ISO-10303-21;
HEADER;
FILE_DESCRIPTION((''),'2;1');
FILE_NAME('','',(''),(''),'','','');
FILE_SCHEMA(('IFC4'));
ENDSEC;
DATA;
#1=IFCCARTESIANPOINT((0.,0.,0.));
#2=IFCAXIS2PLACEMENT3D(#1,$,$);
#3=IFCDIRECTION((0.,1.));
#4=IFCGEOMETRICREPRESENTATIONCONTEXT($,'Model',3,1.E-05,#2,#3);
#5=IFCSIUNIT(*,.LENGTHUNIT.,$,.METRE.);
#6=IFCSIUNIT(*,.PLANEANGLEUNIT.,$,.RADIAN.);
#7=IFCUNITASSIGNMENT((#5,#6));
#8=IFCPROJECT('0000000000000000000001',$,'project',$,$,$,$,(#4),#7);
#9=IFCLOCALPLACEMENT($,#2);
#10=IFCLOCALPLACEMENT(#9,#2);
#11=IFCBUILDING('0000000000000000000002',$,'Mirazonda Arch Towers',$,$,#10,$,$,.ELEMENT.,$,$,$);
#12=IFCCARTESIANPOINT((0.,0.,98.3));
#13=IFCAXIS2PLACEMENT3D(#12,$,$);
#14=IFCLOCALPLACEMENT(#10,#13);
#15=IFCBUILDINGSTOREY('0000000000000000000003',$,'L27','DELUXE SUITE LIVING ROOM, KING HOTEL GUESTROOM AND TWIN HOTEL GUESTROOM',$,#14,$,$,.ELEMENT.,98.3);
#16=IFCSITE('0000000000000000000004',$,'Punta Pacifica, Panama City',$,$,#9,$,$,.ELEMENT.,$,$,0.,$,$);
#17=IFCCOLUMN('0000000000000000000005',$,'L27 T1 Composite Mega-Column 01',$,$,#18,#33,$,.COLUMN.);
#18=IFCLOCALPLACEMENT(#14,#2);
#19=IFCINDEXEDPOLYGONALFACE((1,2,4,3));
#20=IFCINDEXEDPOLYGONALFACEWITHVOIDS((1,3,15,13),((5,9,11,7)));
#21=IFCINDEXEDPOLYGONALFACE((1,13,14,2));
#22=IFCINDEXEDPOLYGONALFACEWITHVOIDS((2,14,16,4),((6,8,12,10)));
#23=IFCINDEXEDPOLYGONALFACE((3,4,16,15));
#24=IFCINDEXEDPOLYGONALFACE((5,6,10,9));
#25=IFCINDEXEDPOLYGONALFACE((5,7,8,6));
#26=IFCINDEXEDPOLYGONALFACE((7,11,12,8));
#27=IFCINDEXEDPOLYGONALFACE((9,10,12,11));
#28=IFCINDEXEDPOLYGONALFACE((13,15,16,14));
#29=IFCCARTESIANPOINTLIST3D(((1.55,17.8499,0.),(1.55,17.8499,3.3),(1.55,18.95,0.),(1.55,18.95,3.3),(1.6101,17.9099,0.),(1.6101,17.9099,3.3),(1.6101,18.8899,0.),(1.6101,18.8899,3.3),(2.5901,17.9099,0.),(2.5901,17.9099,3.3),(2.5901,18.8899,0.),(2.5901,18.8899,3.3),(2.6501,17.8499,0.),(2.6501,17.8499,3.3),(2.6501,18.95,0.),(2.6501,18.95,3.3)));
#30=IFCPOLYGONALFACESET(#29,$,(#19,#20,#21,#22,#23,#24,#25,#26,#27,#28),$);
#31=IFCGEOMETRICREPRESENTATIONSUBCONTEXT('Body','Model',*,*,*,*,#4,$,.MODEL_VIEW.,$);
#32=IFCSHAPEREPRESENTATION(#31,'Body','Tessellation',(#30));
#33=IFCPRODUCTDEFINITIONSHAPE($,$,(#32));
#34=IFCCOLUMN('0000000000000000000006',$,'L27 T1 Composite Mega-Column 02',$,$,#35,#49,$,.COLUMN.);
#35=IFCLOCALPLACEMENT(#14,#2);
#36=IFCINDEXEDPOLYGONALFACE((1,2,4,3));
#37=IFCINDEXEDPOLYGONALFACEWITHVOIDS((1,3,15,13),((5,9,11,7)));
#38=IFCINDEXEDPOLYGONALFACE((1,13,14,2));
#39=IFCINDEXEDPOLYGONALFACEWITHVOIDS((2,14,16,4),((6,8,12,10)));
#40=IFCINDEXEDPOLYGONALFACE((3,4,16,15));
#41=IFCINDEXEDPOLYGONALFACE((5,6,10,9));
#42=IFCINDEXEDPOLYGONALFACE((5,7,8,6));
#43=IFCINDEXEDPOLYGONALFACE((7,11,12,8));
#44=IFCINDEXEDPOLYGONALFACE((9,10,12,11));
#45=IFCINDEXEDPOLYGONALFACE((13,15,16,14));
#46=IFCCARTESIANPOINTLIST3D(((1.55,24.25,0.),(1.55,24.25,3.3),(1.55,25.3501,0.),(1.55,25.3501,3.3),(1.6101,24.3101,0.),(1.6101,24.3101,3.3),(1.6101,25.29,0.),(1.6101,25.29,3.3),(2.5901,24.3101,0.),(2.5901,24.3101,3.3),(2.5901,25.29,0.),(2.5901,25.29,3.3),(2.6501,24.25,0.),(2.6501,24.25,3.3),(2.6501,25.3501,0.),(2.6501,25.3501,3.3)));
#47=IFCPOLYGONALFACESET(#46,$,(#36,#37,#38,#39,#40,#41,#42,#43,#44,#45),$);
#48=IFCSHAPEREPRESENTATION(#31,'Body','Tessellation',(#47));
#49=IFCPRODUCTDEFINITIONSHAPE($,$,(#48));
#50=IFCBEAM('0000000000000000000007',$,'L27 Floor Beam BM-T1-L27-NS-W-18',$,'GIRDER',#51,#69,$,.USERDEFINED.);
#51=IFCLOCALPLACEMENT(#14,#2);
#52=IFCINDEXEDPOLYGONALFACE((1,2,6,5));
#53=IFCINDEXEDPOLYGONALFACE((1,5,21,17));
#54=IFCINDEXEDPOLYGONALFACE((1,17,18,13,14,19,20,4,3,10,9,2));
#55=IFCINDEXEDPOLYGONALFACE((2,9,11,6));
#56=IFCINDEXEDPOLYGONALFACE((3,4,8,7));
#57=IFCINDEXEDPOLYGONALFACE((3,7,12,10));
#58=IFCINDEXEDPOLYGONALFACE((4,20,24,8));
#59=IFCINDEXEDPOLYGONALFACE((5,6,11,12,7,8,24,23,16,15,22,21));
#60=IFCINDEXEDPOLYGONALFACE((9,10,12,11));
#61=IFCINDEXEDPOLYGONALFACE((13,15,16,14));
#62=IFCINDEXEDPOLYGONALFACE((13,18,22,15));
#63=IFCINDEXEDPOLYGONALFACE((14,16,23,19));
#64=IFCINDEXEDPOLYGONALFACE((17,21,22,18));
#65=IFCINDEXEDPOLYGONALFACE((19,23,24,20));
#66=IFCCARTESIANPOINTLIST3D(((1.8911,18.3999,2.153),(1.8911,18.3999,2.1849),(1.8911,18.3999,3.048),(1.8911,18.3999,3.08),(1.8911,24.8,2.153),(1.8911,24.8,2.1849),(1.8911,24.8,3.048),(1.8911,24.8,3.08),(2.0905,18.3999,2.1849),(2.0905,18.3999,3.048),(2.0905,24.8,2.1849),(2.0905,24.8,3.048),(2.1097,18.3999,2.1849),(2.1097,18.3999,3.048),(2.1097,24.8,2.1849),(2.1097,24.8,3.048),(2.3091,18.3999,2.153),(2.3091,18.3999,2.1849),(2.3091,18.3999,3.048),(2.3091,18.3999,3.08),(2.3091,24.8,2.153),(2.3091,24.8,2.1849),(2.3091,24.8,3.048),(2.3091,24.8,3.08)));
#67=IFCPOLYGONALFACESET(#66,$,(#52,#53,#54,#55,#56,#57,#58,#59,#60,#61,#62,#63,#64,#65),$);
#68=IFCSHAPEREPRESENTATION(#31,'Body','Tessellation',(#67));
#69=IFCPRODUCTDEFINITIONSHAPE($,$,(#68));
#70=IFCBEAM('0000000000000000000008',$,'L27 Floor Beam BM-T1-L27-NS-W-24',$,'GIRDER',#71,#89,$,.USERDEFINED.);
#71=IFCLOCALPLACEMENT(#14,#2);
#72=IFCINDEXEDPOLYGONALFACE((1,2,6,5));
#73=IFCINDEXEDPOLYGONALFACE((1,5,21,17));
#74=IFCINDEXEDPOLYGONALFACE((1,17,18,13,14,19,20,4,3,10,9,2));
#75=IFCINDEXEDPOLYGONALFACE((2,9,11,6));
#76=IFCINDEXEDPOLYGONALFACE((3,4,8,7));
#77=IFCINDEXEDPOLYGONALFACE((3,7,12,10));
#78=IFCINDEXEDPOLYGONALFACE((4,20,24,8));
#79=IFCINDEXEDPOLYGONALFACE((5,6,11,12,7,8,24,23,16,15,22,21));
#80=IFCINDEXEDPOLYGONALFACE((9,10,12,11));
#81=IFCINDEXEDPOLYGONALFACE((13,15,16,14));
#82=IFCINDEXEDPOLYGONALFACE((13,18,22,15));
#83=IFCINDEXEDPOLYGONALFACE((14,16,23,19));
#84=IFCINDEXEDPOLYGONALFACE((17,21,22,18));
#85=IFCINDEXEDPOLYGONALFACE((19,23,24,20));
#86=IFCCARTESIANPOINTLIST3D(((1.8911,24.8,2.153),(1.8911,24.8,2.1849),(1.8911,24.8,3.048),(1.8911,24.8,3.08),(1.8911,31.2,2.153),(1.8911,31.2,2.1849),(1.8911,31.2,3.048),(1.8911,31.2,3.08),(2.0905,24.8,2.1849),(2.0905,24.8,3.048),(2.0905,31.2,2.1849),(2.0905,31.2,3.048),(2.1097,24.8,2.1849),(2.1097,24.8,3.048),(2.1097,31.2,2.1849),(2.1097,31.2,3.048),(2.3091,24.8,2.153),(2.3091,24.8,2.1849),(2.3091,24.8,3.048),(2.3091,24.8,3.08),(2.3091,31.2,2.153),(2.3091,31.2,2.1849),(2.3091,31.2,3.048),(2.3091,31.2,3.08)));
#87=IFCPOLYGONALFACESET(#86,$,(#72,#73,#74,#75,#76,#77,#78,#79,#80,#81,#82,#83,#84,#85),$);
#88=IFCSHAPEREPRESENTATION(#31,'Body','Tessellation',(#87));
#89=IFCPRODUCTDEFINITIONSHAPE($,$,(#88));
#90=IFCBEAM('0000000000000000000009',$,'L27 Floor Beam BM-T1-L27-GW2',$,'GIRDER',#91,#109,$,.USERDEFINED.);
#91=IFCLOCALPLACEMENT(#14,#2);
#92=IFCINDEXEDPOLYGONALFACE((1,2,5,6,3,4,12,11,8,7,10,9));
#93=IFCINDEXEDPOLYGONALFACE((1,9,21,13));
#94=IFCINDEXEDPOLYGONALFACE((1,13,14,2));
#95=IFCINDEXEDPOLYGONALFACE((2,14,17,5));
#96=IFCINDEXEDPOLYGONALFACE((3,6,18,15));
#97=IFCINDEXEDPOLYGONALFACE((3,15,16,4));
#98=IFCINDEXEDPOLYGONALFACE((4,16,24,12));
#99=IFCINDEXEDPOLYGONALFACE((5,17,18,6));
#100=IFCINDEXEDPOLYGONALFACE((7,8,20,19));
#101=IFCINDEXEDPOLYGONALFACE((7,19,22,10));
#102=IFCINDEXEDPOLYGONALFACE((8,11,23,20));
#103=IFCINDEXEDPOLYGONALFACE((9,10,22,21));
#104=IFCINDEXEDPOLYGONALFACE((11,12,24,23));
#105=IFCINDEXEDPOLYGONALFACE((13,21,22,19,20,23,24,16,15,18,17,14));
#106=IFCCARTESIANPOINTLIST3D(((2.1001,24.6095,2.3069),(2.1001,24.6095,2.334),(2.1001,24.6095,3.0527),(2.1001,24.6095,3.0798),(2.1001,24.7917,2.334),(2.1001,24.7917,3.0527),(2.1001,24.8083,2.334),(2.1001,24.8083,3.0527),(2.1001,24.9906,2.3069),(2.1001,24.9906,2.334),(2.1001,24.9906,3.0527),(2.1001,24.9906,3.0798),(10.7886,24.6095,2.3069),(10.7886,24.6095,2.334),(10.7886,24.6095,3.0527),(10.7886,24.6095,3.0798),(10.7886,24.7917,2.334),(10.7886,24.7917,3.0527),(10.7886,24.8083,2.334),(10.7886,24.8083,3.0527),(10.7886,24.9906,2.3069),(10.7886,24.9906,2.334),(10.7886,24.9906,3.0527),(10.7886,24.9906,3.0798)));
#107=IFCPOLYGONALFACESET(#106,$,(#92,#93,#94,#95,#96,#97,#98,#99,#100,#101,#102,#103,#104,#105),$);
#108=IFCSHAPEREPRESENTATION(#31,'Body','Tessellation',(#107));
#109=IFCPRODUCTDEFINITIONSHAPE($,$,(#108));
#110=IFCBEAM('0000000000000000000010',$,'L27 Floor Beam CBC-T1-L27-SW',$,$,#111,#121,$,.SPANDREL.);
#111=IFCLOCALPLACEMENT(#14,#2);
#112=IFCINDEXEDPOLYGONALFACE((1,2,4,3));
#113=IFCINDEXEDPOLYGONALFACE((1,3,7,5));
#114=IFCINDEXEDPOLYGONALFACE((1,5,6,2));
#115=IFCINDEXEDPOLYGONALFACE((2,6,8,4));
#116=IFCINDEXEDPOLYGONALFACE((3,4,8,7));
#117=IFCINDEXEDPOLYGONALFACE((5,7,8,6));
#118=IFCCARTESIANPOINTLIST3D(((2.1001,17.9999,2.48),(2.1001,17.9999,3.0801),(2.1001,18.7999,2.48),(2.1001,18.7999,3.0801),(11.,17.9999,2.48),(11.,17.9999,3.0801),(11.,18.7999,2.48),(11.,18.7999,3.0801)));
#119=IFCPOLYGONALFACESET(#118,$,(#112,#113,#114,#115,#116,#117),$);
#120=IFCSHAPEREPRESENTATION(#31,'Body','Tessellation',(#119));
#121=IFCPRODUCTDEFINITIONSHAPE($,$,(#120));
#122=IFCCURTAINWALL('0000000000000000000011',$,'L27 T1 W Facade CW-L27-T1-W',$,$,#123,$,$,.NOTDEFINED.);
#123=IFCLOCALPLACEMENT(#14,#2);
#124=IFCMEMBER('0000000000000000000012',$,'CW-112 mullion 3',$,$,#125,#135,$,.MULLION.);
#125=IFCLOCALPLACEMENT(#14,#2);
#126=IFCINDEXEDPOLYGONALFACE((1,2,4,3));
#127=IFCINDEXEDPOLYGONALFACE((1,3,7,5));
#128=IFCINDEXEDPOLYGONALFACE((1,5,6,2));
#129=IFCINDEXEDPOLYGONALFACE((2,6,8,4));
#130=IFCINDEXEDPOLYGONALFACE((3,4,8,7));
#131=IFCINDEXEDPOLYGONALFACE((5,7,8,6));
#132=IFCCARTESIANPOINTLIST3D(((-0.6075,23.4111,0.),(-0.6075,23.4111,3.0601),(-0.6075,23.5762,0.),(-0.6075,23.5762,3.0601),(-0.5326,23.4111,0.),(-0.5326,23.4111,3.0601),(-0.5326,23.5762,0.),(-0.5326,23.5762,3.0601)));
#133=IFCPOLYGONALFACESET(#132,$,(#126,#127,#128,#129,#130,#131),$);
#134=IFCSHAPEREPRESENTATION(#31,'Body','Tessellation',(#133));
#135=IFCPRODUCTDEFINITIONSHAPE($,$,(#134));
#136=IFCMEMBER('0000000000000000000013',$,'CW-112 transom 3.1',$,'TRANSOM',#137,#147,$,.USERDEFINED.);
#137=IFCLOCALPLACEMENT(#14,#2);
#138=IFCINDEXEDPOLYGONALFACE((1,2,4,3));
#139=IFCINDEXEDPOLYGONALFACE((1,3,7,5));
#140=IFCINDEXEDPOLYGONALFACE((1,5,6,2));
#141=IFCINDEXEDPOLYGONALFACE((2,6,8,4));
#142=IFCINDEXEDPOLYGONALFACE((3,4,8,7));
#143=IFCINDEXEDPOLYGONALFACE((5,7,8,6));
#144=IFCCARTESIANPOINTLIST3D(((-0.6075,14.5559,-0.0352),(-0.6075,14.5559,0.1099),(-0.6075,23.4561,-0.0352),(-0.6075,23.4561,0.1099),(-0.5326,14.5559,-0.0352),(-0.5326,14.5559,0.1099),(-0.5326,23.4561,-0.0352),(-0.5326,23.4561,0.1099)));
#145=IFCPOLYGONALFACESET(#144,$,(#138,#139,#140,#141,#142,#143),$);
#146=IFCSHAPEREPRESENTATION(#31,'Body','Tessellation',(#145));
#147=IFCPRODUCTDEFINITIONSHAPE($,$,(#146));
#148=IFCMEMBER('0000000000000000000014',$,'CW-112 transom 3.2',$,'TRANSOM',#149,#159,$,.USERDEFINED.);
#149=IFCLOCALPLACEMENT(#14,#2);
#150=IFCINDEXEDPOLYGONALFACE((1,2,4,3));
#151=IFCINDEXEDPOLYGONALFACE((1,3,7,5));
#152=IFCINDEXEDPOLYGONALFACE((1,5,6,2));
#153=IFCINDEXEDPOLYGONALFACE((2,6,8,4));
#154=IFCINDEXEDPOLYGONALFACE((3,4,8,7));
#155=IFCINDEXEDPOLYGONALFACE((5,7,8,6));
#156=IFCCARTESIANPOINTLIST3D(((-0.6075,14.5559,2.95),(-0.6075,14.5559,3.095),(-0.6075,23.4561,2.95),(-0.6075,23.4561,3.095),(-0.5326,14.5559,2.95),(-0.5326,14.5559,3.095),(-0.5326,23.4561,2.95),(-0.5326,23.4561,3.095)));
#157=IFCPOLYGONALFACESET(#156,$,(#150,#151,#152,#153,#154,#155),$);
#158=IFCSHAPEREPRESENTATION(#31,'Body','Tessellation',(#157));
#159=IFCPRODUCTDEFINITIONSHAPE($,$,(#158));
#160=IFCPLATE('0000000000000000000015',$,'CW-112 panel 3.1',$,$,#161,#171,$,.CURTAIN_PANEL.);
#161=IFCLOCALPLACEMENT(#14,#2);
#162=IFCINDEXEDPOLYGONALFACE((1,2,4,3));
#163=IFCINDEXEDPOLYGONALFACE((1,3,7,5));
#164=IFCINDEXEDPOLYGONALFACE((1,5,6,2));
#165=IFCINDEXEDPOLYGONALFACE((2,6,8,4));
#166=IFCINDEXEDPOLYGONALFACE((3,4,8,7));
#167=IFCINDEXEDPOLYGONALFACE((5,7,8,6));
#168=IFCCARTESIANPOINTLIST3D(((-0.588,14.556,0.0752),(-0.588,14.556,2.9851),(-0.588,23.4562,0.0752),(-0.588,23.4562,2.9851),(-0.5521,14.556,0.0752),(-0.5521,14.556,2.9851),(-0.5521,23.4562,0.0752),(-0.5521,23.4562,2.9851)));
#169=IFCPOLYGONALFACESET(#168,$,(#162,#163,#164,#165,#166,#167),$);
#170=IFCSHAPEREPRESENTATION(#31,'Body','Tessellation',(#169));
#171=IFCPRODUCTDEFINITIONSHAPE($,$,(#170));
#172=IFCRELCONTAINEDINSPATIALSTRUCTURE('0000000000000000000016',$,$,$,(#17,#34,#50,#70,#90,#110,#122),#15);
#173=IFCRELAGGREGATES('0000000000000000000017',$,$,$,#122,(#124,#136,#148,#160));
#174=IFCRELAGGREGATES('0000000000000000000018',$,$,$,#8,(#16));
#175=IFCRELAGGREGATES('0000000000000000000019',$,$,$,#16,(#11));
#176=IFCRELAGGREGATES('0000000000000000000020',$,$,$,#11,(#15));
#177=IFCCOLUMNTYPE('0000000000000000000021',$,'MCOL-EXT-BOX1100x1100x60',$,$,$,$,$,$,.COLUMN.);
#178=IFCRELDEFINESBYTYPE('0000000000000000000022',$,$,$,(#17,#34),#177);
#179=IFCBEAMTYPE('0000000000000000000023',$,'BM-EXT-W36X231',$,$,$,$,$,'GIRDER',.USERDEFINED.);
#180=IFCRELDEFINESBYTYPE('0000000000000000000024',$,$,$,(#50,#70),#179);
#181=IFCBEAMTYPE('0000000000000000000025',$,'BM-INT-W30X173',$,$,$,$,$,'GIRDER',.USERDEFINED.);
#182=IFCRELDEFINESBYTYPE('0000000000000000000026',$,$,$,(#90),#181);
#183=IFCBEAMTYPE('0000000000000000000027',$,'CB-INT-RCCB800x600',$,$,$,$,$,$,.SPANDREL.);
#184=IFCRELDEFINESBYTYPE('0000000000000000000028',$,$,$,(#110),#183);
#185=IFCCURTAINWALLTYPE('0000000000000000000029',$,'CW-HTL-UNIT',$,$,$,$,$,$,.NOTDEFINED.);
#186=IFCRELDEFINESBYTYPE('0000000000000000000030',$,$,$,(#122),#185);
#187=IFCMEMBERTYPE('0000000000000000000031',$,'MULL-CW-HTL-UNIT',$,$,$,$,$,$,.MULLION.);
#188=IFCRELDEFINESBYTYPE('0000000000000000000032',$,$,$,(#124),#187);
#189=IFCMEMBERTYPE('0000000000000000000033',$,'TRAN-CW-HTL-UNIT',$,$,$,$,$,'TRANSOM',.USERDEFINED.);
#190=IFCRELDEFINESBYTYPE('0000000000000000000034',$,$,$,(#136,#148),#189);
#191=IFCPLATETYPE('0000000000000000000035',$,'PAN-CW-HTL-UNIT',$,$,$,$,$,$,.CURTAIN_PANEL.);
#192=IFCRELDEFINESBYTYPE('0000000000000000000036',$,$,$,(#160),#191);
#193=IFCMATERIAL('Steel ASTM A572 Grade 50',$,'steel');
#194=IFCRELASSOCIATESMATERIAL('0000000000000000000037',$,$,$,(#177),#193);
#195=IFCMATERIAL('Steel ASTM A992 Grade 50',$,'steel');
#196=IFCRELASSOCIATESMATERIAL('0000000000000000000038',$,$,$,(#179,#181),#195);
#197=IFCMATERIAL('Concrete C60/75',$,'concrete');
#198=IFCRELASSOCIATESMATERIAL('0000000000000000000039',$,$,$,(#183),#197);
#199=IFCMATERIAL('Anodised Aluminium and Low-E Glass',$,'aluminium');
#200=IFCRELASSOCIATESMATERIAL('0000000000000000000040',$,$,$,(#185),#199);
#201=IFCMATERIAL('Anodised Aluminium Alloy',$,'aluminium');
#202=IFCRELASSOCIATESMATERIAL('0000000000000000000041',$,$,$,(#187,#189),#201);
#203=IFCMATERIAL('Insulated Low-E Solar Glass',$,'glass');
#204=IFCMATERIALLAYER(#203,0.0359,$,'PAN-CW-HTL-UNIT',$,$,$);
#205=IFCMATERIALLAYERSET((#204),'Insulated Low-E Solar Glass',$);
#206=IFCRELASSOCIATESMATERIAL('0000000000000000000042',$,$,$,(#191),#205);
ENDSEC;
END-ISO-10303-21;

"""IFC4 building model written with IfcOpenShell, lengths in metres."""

from ifc_helpers import new_model, si_unit, direction, frame, origin, origin_2d, place, context, subcontext, project, spatial, rectangle, hollow_rectangle, i_section, extrude, material, layer, layer_set, material_profile, profile_set, type_object, element, aggregate, save


model = new_model("IFC4")

# Units and contexts
model_context = context("Model", 3, precision=1e-05, world=origin(), true_north=direction((0.0, 1.0)))
body_context = subcontext(model_context, "Body", "Model", "MODEL_VIEW")
ifc_project = project(units=[si_unit("LENGTHUNIT", "METRE"), si_unit("PLANEANGLEUNIT", "RADIAN")], contexts=[model_context])

# Site, building, storey
site_placement = place(None, origin())
site = spatial("IfcSite", under=ifc_project, at=site_placement, Name="Punta Pacifica, Panama City", CompositionType="ELEMENT", RefElevation=0.0)
building_placement = place(site_placement, origin())
building = spatial("IfcBuilding", under=site, at=building_placement, Name="Mirazonda Arch Towers", CompositionType="ELEMENT")
storey_placement = place(building_placement, frame((0.0, 0.0, 98.3)))
storey = spatial("IfcBuildingStorey", under=building, at=storey_placement, Name="L27", Description="DELUXE SUITE LIVING ROOM, KING HOTEL GUESTROOM AND TWIN HOTEL GUESTROOM", CompositionType="ELEMENT", Elevation=98.3)

# Columns
ifc_material_1 = material(Name="Steel ASTM A572 Grade 50", Category="steel")
ifc_material_profile_1 = material_profile(ifc_material_1, hollow_rectangle(XDim=1.1001, YDim=1.1001, WallThickness=0.0601, at=origin_2d()), Name="BOX1100x1100x60")
ifc_profile_set_1 = profile_set([ifc_material_profile_1], Name="Steel ASTM A572 Grade 50")
column_type = type_object("IfcColumnType", Name="MCOL-EXT-BOX1100x1100x60", PredefinedType="COLUMN", material=ifc_profile_set_1)
for number, where, z_axis, x_axis, name in (
    (1, (2.1001, 18.3999, 0.0), (0.0, 0.0, 1.0), (1.0, 0.0, 0.0), "L27 T1 Composite Mega-Column 01"),
    (2, (2.1001, 24.8, 0.0), (0.0, 0.0, 1.0), (1.0, 0.0, 0.0), "L27 T1 Composite Mega-Column 02"),
):
    element("IfcColumn", number, at=place(storey_placement, frame(where, z_axis=z_axis, x_axis=x_axis)), inside=storey, type_object=column_type, Name=name, PredefinedType="COLUMN", context=body_context, shape_type="SweptSolid", body=[
        extrude(hollow_rectangle(XDim=1.1001, YDim=1.1001, WallThickness=0.0601, at=origin_2d()), origin(), (0.0, 0.0, 1.0), 3.3),
    ])

# Beams
ifc_material_2 = material(Name="Steel ASTM A992 Grade 50", Category="steel")
ifc_material_profile_2 = material_profile(ifc_material_2, i_section(OverallWidth=0.418, OverallDepth=0.927, WebThickness=0.0193, FlangeThickness=0.032, at=origin_2d()), Name="W36X231")
ifc_profile_set_2 = profile_set([ifc_material_profile_2], Name="Steel ASTM A992 Grade 50")
beam_type_1 = type_object("IfcBeamType", Name="BM-EXT-W36X231", ElementType="GIRDER", PredefinedType="USERDEFINED", material=ifc_profile_set_2)
beam_1_placement = place(storey_placement, frame((2.1001, 18.3999, 2.6165), z_axis=(0.0, 1.0, 0.0), x_axis=(-1.0, 0.0, 0.0)))
element("IfcBeam", 3, at=beam_1_placement, inside=storey, type_object=beam_type_1, Name="L27 Floor Beam BM-T1-L27-NS-W-18", ObjectType="GIRDER", PredefinedType="USERDEFINED", context=body_context, shape_type="SweptSolid", body=[
    extrude(i_section(OverallWidth=0.418, OverallDepth=0.927, WebThickness=0.0193, FlangeThickness=0.032, at=origin_2d()), origin(), (0.0, 0.0, 1.0), 6.4001),
])
beam_2_placement = place(storey_placement, frame((2.1001, 24.8, 2.6165), z_axis=(0.0, 1.0, 0.0), x_axis=(-1.0, 0.0, 0.0)))
element("IfcBeam", 4, at=beam_2_placement, inside=storey, type_object=beam_type_1, Name="L27 Floor Beam BM-T1-L27-NS-W-24", ObjectType="GIRDER", PredefinedType="USERDEFINED", context=body_context, shape_type="SweptSolid", body=[
    extrude(i_section(OverallWidth=0.418, OverallDepth=0.927, WebThickness=0.0193, FlangeThickness=0.032, at=origin_2d()), origin(), (0.0, 0.0, 1.0), 6.3999),
])
ifc_material_profile_3 = material_profile(ifc_material_2, i_section(OverallWidth=0.3811, OverallDepth=0.7729, WebThickness=0.0166, FlangeThickness=0.0271, at=origin_2d()), Name="W30X173")
ifc_profile_set_3 = profile_set([ifc_material_profile_3], Name="Steel ASTM A992 Grade 50")
beam_type_2 = type_object("IfcBeamType", Name="BM-INT-W30X173", ElementType="GIRDER", PredefinedType="USERDEFINED", material=ifc_profile_set_3)
beam_3_placement = place(storey_placement, frame((2.1001, 24.8, 2.6934), z_axis=(1.0, 0.0, 0.0), x_axis=(0.0, 1.0, 0.0)))
element("IfcBeam", 5, at=beam_3_placement, inside=storey, type_object=beam_type_2, Name="L27 Floor Beam BM-T1-L27-GW2", ObjectType="GIRDER", PredefinedType="USERDEFINED", context=body_context, shape_type="SweptSolid", body=[
    extrude(i_section(OverallWidth=0.3811, OverallDepth=0.7729, WebThickness=0.0166, FlangeThickness=0.0271, at=origin_2d()), origin(), (0.0, 0.0, 1.0), 8.6885),
])
ifc_material_3 = material(Name="Concrete C60/75", Category="concrete")
ifc_material_profile_4 = material_profile(ifc_material_3, rectangle(XDim=0.8, YDim=0.6001, at=origin_2d()), Name="RCCB800x600")
ifc_profile_set_4 = profile_set([ifc_material_profile_4], Name="Concrete C60/75")
beam_type_3 = type_object("IfcBeamType", Name="CB-INT-RCCB800x600", PredefinedType="SPANDREL", material=ifc_profile_set_4)
beam_4_placement = place(storey_placement, frame((2.1001, 18.3999, 2.78), z_axis=(1.0, 0.0, 0.0), x_axis=(0.0, 1.0, 0.0)))
element("IfcBeam", 6, at=beam_4_placement, inside=storey, type_object=beam_type_3, Name="L27 Floor Beam CBC-T1-L27-SW", PredefinedType="SPANDREL", context=body_context, shape_type="SweptSolid", body=[
    extrude(rectangle(XDim=0.8, YDim=0.6001, at=origin_2d()), origin(), (0.0, 0.0, 1.0), 8.8999),
])

# Curtain wall, members, plate
ifc_material_4 = material(Name="Anodised Aluminium and Low-E Glass", Category="aluminium")
curtain_wall_type = type_object("IfcCurtainWallType", Name="CW-HTL-UNIT", PredefinedType="NOTDEFINED", material=ifc_material_4)
curtain_wall_placement = place(storey_placement, origin())
curtain_wall = element("IfcCurtainWall", 7, at=curtain_wall_placement, inside=storey, type_object=curtain_wall_type, Name="L27 T1 W Facade CW-L27-T1-W", PredefinedType="NOTDEFINED")
ifc_material_5 = material(Name="Anodised Aluminium Alloy", Category="aluminium")
ifc_material_profile_5 = material_profile(ifc_material_5, rectangle(XDim=0.075, YDim=0.165, at=origin_2d()), Name="ALU-MULL-75x165")
ifc_profile_set_5 = profile_set([ifc_material_profile_5], Name="Anodised Aluminium Alloy")
member_type_1 = type_object("IfcMemberType", Name="MULL-CW-HTL-UNIT", PredefinedType="MULLION", material=ifc_profile_set_5)
member_1_placement = place(storey_placement, frame((-0.5701, 23.4937, 0.0), z_axis=(0.0, 0.0, 1.0), x_axis=(1.0, 0.0, 0.0)))
member_1 = element("IfcMember", 8, at=member_1_placement, type_object=member_type_1, Name="CW-112 mullion 3", PredefinedType="MULLION", context=body_context, shape_type="SweptSolid", body=[
    extrude(rectangle(XDim=0.075, YDim=0.165, at=origin_2d()), origin(), (0.0, 0.0, 1.0), 3.0601),
])
ifc_material_profile_6 = material_profile(ifc_material_5, rectangle(XDim=0.075, YDim=0.145, at=origin_2d()), Name="ALU-TRAN-75x145")
ifc_profile_set_6 = profile_set([ifc_material_profile_6], Name="Anodised Aluminium Alloy")
member_type_2 = type_object("IfcMemberType", Name="TRAN-CW-HTL-UNIT", ElementType="TRANSOM", PredefinedType="USERDEFINED", material=ifc_profile_set_6)
member_2_placement = place(storey_placement, frame((-0.5701, 23.4561, 0.0374), z_axis=(0.0, -1.0, 0.0), x_axis=(1.0, 0.0, 0.0)))
member_2 = element("IfcMember", 9, at=member_2_placement, type_object=member_type_2, Name="CW-112 transom 3.1", ObjectType="TRANSOM", PredefinedType="USERDEFINED", context=body_context, shape_type="SweptSolid", body=[
    extrude(rectangle(XDim=0.075, YDim=0.145, at=origin_2d()), origin(), (0.0, 0.0, 1.0), 8.9001),
])
member_3_placement = place(storey_placement, frame((-0.5701, 23.4561, 3.0225), z_axis=(0.0, -1.0, 0.0), x_axis=(1.0, 0.0, 0.0)))
member_3 = element("IfcMember", 10, at=member_3_placement, type_object=member_type_2, Name="CW-112 transom 3.2", ObjectType="TRANSOM", PredefinedType="USERDEFINED", context=body_context, shape_type="SweptSolid", body=[
    extrude(rectangle(XDim=0.075, YDim=0.145, at=origin_2d()), origin(), (0.0, 0.0, 1.0), 8.9001),
])
ifc_material_6 = material(Name="Insulated Low-E Solar Glass", Category="glass")
ifc_layer_1 = layer(ifc_material_6, 0.0359, Name="PAN-CW-HTL-UNIT")
ifc_layer_set_1 = layer_set([ifc_layer_1], Name="Insulated Low-E Solar Glass")
plate_type = type_object("IfcPlateType", Name="PAN-CW-HTL-UNIT", PredefinedType="CURTAIN_PANEL", material=ifc_layer_set_1)
plate_placement = place(storey_placement, frame((-0.5701, 19.0061, 0.0752), z_axis=(0.0, 0.0, 1.0), x_axis=(0.0, -1.0, 0.0)))
plate = element("IfcPlate", 11, at=plate_placement, type_object=plate_type, Name="CW-112 panel 3.1", PredefinedType="CURTAIN_PANEL", context=body_context, shape_type="SweptSolid", body=[
    extrude(rectangle(XDim=8.9001, YDim=0.0359, at=origin_2d()), origin(), (0.0, 0.0, 1.0), 2.9099),
])
aggregate(curtain_wall, [member_1, member_2, member_3, plate])

save(model, "model.ifc")
